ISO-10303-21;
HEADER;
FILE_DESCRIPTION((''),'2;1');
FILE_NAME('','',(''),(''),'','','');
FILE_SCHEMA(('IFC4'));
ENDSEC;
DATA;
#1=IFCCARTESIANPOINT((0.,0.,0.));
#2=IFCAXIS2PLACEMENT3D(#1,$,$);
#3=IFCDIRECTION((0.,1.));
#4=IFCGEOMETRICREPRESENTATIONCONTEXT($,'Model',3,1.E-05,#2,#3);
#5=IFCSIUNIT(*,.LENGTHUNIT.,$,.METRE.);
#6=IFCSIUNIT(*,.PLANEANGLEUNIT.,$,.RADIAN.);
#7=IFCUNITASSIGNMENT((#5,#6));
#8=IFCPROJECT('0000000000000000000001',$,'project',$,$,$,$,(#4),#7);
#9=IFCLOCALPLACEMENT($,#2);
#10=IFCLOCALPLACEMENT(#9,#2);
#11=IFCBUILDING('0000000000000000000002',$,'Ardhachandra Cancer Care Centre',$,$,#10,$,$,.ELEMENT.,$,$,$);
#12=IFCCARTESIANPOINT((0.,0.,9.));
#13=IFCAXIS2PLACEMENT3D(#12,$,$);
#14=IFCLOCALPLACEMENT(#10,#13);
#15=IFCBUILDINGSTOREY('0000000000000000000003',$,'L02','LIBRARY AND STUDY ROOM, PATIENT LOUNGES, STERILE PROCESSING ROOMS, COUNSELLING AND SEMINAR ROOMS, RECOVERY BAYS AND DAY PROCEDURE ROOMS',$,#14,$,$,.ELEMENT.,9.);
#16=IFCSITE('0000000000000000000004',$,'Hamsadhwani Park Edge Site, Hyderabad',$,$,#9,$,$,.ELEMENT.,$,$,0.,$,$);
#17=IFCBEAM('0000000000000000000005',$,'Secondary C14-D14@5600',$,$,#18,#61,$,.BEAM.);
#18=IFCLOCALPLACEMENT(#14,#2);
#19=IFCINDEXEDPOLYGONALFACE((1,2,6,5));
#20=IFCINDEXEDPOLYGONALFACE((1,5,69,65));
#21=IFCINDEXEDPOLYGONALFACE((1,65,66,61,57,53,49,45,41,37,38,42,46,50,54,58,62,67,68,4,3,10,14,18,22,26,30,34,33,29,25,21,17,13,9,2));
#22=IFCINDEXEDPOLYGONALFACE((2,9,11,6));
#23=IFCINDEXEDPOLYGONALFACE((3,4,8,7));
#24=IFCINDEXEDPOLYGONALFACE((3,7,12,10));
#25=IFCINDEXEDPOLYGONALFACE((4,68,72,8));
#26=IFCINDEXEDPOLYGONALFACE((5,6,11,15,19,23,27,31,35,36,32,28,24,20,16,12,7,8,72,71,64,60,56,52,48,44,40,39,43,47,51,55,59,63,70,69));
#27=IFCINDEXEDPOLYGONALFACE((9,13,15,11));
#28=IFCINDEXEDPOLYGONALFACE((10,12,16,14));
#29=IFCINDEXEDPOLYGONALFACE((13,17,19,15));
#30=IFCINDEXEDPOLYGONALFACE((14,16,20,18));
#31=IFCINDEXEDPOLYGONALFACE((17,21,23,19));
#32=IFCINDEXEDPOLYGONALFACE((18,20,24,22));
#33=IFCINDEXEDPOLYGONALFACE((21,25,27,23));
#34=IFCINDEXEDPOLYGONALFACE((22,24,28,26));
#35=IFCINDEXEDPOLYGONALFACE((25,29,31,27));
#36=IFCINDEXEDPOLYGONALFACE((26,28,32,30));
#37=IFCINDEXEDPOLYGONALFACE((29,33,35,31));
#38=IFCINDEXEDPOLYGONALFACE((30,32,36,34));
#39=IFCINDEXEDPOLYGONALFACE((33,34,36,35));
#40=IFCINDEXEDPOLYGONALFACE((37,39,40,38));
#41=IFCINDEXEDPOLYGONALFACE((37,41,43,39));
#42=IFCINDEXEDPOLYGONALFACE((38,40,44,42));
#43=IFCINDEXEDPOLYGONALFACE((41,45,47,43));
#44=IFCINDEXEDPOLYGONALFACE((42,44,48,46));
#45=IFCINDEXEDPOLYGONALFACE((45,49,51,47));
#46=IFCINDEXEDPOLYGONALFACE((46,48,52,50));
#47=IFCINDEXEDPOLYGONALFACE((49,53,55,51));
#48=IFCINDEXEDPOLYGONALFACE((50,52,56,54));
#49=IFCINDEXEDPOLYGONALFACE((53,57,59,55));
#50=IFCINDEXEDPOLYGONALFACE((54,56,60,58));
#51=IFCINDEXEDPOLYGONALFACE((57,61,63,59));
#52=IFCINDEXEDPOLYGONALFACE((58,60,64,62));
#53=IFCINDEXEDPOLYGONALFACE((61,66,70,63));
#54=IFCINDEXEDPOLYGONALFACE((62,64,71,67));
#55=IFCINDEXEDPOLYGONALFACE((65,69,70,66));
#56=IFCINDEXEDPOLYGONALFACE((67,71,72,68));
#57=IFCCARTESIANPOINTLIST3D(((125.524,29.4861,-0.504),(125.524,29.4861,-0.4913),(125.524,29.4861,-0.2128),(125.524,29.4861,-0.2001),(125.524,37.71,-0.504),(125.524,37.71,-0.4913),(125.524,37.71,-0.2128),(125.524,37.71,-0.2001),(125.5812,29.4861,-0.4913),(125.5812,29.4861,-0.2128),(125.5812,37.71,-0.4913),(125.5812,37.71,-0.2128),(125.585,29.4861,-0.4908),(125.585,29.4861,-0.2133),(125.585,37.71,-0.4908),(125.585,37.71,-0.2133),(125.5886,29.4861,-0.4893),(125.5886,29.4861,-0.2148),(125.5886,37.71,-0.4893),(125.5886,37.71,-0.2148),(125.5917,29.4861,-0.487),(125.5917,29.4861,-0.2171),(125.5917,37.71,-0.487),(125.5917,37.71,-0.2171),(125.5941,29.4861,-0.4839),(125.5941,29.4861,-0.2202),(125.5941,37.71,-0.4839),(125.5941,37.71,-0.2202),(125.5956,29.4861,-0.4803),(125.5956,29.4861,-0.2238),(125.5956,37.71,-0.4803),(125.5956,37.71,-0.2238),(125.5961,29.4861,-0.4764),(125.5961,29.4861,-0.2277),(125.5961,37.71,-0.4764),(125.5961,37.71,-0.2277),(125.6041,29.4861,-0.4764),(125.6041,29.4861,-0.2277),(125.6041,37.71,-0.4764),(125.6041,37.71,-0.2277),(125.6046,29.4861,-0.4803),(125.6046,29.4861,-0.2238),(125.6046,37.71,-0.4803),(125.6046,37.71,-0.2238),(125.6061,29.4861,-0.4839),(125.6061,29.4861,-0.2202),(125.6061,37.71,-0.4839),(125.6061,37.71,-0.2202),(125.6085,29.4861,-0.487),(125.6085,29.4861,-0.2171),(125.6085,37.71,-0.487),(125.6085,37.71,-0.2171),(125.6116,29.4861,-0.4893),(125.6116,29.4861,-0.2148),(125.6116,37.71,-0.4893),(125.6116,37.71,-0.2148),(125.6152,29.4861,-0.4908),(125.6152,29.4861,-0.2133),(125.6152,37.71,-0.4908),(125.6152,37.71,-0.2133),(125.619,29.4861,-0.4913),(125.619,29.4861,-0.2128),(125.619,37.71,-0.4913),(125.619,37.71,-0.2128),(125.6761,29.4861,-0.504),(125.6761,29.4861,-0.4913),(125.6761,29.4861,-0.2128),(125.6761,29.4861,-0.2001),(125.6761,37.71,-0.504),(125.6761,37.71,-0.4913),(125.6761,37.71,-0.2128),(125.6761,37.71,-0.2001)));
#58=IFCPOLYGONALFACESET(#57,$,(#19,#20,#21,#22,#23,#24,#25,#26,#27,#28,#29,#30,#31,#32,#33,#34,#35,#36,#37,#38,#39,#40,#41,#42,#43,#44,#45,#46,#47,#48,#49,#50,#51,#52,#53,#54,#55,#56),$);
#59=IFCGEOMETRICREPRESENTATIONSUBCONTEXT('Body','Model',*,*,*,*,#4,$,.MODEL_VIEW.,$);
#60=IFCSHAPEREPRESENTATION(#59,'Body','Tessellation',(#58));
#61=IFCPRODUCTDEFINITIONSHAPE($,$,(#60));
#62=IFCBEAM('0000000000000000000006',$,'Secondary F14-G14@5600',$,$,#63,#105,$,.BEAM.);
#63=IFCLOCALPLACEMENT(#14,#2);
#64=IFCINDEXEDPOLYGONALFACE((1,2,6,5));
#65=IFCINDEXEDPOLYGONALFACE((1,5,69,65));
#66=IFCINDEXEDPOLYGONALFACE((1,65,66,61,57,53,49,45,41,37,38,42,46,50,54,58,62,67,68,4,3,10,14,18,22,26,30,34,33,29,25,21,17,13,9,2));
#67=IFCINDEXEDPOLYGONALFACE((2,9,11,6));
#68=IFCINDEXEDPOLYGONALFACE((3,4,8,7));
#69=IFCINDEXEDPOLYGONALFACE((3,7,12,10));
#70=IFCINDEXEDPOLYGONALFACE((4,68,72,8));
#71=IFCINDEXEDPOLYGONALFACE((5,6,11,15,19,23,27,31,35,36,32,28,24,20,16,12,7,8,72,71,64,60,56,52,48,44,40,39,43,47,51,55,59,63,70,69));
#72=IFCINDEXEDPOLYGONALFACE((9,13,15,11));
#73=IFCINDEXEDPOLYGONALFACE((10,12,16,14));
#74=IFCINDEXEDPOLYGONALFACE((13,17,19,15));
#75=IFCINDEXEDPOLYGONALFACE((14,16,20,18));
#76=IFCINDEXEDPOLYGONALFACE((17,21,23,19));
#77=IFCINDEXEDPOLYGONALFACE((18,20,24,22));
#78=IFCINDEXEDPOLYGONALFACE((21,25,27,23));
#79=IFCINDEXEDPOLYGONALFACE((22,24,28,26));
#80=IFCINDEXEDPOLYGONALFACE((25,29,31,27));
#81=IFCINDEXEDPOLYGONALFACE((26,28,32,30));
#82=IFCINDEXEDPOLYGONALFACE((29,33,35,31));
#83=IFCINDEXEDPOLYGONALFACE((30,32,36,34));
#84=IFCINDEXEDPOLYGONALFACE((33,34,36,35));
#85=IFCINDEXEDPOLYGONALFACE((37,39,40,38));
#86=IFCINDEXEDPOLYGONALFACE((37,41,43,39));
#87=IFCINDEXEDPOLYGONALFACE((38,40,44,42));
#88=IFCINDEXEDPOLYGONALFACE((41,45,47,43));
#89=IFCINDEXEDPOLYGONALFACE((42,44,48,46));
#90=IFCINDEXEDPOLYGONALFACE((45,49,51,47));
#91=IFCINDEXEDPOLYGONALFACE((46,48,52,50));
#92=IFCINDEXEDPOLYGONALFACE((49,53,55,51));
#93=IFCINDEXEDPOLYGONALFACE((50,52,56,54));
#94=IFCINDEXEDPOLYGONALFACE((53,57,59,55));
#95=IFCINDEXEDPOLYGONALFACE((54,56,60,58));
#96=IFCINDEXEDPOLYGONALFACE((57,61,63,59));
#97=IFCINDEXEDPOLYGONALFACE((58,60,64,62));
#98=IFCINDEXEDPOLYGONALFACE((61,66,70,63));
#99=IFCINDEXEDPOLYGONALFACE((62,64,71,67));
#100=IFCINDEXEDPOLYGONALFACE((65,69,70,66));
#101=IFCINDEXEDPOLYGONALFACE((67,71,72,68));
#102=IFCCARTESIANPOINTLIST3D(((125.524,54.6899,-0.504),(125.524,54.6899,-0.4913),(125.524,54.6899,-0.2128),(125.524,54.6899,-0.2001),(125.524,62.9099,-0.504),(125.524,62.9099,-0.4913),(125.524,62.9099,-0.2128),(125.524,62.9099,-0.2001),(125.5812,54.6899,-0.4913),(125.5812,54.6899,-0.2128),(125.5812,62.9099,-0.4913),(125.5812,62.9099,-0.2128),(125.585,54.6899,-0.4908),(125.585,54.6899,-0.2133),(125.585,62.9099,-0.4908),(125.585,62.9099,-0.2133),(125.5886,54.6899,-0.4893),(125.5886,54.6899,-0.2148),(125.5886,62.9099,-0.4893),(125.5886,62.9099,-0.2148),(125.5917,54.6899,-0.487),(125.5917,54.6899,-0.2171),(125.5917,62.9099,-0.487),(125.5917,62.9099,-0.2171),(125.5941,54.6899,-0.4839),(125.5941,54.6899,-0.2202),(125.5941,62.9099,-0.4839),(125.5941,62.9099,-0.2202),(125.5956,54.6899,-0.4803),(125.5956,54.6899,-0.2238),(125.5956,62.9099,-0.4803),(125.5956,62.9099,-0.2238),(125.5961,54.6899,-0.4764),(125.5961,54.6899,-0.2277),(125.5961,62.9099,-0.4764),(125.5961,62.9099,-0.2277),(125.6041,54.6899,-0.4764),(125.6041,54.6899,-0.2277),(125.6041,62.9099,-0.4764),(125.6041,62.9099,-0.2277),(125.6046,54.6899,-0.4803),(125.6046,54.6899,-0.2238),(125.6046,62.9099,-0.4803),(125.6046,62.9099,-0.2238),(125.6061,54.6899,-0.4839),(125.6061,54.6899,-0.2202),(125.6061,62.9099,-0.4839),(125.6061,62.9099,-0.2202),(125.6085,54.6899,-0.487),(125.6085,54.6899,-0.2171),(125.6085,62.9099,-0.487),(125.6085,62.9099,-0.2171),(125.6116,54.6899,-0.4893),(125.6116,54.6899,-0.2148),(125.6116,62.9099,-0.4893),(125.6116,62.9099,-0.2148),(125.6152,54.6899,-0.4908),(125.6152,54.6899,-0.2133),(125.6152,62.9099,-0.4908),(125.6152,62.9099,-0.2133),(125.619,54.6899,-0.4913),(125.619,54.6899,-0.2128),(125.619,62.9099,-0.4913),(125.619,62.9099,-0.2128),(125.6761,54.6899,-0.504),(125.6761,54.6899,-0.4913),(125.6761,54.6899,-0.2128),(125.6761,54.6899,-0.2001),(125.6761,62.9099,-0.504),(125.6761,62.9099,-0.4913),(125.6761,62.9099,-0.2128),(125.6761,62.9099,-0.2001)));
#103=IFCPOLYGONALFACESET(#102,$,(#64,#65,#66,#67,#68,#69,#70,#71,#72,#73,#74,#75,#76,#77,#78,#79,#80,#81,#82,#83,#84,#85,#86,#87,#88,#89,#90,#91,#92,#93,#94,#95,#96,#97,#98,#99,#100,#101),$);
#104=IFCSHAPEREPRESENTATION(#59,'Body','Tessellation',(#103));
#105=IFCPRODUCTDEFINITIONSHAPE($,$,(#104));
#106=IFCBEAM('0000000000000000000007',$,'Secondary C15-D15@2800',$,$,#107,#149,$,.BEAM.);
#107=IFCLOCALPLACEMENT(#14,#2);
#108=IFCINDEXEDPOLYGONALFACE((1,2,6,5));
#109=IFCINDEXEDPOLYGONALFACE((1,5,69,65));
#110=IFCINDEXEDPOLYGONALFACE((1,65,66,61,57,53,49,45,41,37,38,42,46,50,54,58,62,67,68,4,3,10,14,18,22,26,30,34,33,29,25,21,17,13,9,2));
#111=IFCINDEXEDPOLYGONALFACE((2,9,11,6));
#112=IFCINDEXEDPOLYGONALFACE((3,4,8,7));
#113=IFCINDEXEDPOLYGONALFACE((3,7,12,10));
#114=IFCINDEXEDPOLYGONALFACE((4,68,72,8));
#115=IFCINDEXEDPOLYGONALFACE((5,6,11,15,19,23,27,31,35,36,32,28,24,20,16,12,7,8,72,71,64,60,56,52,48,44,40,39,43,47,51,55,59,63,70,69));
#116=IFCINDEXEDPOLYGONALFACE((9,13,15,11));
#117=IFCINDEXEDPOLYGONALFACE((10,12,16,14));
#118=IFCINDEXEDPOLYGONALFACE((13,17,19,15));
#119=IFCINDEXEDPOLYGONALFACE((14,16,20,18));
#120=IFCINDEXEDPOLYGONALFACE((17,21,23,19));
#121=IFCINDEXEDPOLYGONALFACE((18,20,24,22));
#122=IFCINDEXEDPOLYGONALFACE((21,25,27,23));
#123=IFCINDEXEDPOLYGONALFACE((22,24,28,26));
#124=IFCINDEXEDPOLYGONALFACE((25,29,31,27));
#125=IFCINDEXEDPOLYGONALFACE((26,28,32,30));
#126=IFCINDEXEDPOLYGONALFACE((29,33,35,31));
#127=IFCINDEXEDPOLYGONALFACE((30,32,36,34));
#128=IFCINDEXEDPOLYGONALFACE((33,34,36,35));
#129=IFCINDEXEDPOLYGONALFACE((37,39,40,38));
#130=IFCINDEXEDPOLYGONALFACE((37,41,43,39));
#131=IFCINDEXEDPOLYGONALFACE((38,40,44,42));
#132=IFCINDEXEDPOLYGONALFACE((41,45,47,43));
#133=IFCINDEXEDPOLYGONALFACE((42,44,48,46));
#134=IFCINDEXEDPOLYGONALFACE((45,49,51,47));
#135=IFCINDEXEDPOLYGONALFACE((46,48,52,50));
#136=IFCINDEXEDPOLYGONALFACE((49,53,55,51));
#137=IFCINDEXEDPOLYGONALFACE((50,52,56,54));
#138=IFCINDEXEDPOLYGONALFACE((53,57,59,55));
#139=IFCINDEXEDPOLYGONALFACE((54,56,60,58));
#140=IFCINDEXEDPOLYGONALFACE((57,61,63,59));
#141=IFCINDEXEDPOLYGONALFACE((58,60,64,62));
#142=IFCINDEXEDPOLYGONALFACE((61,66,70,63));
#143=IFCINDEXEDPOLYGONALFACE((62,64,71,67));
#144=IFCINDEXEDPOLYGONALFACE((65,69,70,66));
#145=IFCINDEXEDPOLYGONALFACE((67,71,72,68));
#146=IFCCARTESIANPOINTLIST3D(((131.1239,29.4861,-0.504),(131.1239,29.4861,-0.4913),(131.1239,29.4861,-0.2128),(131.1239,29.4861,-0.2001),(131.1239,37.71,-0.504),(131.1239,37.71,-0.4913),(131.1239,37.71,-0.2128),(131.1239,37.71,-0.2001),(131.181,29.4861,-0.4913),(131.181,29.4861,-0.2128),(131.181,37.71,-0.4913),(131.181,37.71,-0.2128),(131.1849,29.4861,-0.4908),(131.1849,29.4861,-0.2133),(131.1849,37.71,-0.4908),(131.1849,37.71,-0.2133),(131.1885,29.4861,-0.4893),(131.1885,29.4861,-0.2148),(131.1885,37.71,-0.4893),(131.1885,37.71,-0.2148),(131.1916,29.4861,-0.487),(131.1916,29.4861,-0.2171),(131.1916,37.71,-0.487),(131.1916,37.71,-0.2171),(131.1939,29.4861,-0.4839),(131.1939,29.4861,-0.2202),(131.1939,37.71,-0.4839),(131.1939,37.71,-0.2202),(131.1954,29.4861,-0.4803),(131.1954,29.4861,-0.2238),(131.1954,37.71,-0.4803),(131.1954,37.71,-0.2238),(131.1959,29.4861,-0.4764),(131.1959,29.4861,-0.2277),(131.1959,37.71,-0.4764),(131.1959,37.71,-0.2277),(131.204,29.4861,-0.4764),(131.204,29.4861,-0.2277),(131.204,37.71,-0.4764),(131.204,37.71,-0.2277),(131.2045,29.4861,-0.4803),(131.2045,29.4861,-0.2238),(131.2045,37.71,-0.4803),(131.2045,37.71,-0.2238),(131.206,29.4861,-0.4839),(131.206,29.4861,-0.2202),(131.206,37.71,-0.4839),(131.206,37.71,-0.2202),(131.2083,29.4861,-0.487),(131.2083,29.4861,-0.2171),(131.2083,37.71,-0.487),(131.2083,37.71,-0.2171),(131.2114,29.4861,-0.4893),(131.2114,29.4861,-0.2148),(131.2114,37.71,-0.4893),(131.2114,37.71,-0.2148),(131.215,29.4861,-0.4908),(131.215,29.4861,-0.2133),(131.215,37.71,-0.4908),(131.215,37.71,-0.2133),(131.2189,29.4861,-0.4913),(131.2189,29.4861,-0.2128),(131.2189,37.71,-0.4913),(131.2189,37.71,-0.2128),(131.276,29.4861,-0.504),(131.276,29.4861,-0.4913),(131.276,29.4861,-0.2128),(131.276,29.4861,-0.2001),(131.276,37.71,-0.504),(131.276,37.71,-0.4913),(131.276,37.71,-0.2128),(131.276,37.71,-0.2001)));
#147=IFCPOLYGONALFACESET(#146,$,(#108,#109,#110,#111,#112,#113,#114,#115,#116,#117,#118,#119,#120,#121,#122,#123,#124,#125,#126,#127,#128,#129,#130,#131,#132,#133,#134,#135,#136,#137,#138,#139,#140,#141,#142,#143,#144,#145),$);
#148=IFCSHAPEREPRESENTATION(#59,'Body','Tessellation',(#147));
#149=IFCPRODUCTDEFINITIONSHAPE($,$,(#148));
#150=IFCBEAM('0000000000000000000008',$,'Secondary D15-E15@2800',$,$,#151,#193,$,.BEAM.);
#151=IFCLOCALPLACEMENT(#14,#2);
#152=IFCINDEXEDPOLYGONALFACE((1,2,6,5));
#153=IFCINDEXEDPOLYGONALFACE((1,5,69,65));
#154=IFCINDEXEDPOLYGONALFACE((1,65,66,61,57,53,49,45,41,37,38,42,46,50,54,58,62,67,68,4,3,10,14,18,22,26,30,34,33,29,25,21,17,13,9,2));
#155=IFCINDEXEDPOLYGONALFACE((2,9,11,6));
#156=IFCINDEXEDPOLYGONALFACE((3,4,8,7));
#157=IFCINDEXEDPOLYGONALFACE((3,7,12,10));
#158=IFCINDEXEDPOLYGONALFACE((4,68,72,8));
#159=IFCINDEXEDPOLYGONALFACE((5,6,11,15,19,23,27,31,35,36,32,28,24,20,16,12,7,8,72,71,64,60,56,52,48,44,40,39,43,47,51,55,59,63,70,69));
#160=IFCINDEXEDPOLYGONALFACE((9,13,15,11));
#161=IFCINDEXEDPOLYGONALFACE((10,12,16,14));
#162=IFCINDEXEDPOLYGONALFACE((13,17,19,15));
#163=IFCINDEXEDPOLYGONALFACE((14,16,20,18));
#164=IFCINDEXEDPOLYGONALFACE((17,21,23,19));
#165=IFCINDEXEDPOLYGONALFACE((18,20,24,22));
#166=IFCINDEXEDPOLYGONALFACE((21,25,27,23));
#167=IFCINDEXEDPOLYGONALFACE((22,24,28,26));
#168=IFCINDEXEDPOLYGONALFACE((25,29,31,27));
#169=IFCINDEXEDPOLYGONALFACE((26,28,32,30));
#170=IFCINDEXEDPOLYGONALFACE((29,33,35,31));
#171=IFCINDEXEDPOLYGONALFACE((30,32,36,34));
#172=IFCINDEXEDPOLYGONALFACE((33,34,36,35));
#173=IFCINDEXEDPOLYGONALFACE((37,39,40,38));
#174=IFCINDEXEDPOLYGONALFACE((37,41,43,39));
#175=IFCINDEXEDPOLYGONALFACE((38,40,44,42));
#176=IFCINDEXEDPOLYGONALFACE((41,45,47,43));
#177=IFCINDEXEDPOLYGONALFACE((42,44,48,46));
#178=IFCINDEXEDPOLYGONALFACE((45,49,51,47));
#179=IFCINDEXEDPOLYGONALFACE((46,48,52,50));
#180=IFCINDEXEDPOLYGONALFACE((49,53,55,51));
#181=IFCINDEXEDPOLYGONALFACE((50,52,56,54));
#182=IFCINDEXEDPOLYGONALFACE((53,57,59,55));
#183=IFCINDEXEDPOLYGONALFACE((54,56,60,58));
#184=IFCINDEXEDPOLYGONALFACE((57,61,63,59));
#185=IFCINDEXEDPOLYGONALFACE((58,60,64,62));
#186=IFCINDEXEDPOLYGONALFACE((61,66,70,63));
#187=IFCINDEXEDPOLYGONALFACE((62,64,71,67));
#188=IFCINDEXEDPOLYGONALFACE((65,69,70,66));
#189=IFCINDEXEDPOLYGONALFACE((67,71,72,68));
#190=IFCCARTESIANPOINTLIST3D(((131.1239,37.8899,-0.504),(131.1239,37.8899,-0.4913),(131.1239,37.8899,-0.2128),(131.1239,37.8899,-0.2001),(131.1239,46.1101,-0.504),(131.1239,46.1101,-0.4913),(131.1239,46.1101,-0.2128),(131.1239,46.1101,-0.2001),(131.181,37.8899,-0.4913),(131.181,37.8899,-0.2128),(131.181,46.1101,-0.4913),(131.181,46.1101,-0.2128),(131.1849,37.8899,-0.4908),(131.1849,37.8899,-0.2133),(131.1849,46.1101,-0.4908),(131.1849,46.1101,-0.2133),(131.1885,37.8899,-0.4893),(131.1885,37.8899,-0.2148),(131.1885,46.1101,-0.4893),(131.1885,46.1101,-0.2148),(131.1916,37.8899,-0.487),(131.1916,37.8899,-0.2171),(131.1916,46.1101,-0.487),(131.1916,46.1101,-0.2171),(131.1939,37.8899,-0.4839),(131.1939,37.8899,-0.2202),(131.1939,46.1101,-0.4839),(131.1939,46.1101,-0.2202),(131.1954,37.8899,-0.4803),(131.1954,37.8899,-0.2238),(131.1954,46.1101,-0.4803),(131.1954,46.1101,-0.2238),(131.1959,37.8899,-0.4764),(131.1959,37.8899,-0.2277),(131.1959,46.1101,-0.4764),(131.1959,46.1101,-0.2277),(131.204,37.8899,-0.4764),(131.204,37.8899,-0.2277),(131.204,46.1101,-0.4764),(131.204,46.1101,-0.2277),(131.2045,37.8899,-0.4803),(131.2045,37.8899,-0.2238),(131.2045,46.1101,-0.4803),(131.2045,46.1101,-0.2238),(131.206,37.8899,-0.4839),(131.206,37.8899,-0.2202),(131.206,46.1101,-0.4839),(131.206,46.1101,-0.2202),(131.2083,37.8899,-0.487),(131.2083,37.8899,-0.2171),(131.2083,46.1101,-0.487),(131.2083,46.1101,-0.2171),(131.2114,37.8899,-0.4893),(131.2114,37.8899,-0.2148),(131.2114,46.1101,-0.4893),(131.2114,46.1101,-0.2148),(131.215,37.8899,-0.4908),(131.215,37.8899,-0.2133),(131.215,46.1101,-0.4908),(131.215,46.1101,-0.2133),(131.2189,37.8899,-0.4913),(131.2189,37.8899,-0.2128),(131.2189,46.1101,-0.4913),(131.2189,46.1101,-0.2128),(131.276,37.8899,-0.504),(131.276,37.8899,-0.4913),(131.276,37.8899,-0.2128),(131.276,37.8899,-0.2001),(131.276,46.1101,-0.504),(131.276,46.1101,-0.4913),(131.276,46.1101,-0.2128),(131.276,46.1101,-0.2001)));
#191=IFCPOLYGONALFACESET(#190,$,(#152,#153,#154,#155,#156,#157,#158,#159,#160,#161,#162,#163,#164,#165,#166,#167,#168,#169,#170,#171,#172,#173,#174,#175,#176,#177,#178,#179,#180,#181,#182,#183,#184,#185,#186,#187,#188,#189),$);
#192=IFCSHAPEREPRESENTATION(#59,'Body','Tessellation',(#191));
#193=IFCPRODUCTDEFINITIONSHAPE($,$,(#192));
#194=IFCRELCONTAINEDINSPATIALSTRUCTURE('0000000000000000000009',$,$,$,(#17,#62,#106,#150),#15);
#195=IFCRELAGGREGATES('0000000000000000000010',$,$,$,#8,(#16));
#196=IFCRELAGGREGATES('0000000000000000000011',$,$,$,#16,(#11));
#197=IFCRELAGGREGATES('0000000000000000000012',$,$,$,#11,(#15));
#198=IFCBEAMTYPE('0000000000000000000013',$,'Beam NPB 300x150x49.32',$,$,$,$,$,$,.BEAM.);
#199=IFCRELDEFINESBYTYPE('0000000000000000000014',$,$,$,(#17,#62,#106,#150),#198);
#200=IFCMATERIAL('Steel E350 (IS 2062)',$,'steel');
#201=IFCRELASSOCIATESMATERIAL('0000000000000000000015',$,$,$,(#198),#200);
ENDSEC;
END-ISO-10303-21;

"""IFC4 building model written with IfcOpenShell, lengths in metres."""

from ifc_helpers import new_model, si_unit, direction, frame, origin, origin_2d, place, context, subcontext, project, spatial, i_section, extrude, material, material_profile, profile_set, type_object, element, save


model = new_model("IFC4")

# Units and contexts
model_context = context("Model", 3, precision=1e-05, world=origin(), true_north=direction((0.0, 1.0)))
body_context = subcontext(model_context, "Body", "Model", "MODEL_VIEW")
ifc_project = project(units=[si_unit("LENGTHUNIT", "METRE"), si_unit("PLANEANGLEUNIT", "RADIAN")], contexts=[model_context])

# Site, building, storey
site_placement = place(None, origin())
site = spatial("IfcSite", under=ifc_project, at=site_placement, Name="Hamsadhwani Park Edge Site, Hyderabad", CompositionType="ELEMENT", RefElevation=0.0)
building_placement = place(site_placement, origin())
building = spatial("IfcBuilding", under=site, at=building_placement, Name="Ardhachandra Cancer Care Centre", CompositionType="ELEMENT")
storey_placement = place(building_placement, frame((0.0, 0.0, 9.0)))
storey = spatial("IfcBuildingStorey", under=building, at=storey_placement, Name="L02", Description="LIBRARY AND STUDY ROOM, PATIENT LOUNGES, STERILE PROCESSING ROOMS, COUNSELLING AND SEMINAR ROOMS, RECOVERY BAYS AND DAY PROCEDURE ROOMS", CompositionType="ELEMENT", Elevation=9.0)

# Beams
ifc_material_1 = material(Name="Steel E350 (IS 2062)", Category="steel")
ifc_material_profile_1 = material_profile(ifc_material_1, i_section(OverallWidth=0.1521, OverallDepth=0.304, WebThickness=0.0081, FlangeThickness=0.0127, FilletRadius=0.0149, at=origin_2d()), Name="NPB 300x150x49.32")
ifc_profile_set_1 = profile_set([ifc_material_profile_1], Name="Steel E350 (IS 2062)")
beam_type_1 = type_object("IfcBeamType", Name="Beam NPB 300x150x49.32", PredefinedType="BEAM", material=ifc_profile_set_1)
beam_1_placement = place(storey_placement, frame((125.6001, 29.4861, -0.3521), z_axis=(0.0, 1.0, 0.0), x_axis=(-1.0, 0.0, 0.0)))
element("IfcBeam", 1, at=beam_1_placement, inside=storey, type_object=beam_type_1, Name="Secondary C14-D14@5600", PredefinedType="BEAM", context=body_context, shape_type="SweptSolid", body=[
    extrude(i_section(OverallWidth=0.1521, OverallDepth=0.304, WebThickness=0.0081, FlangeThickness=0.0127, FilletRadius=0.0149, at=origin_2d()), origin(), (0.0, 0.0, 1.0), 8.2239),
])
beam_2_placement = place(storey_placement, frame((125.6001, 54.6899, -0.3521), z_axis=(0.0, 1.0, 0.0), x_axis=(-1.0, 0.0, 0.0)))
element("IfcBeam", 2, at=beam_2_placement, inside=storey, type_object=beam_type_1, Name="Secondary F14-G14@5600", PredefinedType="BEAM", context=body_context, shape_type="SweptSolid", body=[
    extrude(i_section(OverallWidth=0.1521, OverallDepth=0.304, WebThickness=0.0081, FlangeThickness=0.0127, FilletRadius=0.0149, at=origin_2d()), origin(), (0.0, 0.0, 1.0), 8.22),
])
beam_3_placement = place(storey_placement, frame((131.2, 29.4861, -0.3521), z_axis=(0.0, 1.0, 0.0), x_axis=(-1.0, 0.0, 0.0)))
element("IfcBeam", 3, at=beam_3_placement, inside=storey, type_object=beam_type_1, Name="Secondary C15-D15@2800", PredefinedType="BEAM", context=body_context, shape_type="SweptSolid", body=[
    extrude(i_section(OverallWidth=0.1521, OverallDepth=0.304, WebThickness=0.0081, FlangeThickness=0.0127, FilletRadius=0.0149, at=origin_2d()), origin(), (0.0, 0.0, 1.0), 8.2239),
])
beam_4_placement = place(storey_placement, frame((131.2, 37.8899, -0.3521), z_axis=(0.0, 1.0, 0.0), x_axis=(-1.0, 0.0, 0.0)))
element("IfcBeam", 4, at=beam_4_placement, inside=storey, type_object=beam_type_1, Name="Secondary D15-E15@2800", PredefinedType="BEAM", context=body_context, shape_type="SweptSolid", body=[
    extrude(i_section(OverallWidth=0.1521, OverallDepth=0.304, WebThickness=0.0081, FlangeThickness=0.0127, FilletRadius=0.0149, at=origin_2d()), origin(), (0.0, 0.0, 1.0), 8.2202),
])

save(model, "model.ifc")
